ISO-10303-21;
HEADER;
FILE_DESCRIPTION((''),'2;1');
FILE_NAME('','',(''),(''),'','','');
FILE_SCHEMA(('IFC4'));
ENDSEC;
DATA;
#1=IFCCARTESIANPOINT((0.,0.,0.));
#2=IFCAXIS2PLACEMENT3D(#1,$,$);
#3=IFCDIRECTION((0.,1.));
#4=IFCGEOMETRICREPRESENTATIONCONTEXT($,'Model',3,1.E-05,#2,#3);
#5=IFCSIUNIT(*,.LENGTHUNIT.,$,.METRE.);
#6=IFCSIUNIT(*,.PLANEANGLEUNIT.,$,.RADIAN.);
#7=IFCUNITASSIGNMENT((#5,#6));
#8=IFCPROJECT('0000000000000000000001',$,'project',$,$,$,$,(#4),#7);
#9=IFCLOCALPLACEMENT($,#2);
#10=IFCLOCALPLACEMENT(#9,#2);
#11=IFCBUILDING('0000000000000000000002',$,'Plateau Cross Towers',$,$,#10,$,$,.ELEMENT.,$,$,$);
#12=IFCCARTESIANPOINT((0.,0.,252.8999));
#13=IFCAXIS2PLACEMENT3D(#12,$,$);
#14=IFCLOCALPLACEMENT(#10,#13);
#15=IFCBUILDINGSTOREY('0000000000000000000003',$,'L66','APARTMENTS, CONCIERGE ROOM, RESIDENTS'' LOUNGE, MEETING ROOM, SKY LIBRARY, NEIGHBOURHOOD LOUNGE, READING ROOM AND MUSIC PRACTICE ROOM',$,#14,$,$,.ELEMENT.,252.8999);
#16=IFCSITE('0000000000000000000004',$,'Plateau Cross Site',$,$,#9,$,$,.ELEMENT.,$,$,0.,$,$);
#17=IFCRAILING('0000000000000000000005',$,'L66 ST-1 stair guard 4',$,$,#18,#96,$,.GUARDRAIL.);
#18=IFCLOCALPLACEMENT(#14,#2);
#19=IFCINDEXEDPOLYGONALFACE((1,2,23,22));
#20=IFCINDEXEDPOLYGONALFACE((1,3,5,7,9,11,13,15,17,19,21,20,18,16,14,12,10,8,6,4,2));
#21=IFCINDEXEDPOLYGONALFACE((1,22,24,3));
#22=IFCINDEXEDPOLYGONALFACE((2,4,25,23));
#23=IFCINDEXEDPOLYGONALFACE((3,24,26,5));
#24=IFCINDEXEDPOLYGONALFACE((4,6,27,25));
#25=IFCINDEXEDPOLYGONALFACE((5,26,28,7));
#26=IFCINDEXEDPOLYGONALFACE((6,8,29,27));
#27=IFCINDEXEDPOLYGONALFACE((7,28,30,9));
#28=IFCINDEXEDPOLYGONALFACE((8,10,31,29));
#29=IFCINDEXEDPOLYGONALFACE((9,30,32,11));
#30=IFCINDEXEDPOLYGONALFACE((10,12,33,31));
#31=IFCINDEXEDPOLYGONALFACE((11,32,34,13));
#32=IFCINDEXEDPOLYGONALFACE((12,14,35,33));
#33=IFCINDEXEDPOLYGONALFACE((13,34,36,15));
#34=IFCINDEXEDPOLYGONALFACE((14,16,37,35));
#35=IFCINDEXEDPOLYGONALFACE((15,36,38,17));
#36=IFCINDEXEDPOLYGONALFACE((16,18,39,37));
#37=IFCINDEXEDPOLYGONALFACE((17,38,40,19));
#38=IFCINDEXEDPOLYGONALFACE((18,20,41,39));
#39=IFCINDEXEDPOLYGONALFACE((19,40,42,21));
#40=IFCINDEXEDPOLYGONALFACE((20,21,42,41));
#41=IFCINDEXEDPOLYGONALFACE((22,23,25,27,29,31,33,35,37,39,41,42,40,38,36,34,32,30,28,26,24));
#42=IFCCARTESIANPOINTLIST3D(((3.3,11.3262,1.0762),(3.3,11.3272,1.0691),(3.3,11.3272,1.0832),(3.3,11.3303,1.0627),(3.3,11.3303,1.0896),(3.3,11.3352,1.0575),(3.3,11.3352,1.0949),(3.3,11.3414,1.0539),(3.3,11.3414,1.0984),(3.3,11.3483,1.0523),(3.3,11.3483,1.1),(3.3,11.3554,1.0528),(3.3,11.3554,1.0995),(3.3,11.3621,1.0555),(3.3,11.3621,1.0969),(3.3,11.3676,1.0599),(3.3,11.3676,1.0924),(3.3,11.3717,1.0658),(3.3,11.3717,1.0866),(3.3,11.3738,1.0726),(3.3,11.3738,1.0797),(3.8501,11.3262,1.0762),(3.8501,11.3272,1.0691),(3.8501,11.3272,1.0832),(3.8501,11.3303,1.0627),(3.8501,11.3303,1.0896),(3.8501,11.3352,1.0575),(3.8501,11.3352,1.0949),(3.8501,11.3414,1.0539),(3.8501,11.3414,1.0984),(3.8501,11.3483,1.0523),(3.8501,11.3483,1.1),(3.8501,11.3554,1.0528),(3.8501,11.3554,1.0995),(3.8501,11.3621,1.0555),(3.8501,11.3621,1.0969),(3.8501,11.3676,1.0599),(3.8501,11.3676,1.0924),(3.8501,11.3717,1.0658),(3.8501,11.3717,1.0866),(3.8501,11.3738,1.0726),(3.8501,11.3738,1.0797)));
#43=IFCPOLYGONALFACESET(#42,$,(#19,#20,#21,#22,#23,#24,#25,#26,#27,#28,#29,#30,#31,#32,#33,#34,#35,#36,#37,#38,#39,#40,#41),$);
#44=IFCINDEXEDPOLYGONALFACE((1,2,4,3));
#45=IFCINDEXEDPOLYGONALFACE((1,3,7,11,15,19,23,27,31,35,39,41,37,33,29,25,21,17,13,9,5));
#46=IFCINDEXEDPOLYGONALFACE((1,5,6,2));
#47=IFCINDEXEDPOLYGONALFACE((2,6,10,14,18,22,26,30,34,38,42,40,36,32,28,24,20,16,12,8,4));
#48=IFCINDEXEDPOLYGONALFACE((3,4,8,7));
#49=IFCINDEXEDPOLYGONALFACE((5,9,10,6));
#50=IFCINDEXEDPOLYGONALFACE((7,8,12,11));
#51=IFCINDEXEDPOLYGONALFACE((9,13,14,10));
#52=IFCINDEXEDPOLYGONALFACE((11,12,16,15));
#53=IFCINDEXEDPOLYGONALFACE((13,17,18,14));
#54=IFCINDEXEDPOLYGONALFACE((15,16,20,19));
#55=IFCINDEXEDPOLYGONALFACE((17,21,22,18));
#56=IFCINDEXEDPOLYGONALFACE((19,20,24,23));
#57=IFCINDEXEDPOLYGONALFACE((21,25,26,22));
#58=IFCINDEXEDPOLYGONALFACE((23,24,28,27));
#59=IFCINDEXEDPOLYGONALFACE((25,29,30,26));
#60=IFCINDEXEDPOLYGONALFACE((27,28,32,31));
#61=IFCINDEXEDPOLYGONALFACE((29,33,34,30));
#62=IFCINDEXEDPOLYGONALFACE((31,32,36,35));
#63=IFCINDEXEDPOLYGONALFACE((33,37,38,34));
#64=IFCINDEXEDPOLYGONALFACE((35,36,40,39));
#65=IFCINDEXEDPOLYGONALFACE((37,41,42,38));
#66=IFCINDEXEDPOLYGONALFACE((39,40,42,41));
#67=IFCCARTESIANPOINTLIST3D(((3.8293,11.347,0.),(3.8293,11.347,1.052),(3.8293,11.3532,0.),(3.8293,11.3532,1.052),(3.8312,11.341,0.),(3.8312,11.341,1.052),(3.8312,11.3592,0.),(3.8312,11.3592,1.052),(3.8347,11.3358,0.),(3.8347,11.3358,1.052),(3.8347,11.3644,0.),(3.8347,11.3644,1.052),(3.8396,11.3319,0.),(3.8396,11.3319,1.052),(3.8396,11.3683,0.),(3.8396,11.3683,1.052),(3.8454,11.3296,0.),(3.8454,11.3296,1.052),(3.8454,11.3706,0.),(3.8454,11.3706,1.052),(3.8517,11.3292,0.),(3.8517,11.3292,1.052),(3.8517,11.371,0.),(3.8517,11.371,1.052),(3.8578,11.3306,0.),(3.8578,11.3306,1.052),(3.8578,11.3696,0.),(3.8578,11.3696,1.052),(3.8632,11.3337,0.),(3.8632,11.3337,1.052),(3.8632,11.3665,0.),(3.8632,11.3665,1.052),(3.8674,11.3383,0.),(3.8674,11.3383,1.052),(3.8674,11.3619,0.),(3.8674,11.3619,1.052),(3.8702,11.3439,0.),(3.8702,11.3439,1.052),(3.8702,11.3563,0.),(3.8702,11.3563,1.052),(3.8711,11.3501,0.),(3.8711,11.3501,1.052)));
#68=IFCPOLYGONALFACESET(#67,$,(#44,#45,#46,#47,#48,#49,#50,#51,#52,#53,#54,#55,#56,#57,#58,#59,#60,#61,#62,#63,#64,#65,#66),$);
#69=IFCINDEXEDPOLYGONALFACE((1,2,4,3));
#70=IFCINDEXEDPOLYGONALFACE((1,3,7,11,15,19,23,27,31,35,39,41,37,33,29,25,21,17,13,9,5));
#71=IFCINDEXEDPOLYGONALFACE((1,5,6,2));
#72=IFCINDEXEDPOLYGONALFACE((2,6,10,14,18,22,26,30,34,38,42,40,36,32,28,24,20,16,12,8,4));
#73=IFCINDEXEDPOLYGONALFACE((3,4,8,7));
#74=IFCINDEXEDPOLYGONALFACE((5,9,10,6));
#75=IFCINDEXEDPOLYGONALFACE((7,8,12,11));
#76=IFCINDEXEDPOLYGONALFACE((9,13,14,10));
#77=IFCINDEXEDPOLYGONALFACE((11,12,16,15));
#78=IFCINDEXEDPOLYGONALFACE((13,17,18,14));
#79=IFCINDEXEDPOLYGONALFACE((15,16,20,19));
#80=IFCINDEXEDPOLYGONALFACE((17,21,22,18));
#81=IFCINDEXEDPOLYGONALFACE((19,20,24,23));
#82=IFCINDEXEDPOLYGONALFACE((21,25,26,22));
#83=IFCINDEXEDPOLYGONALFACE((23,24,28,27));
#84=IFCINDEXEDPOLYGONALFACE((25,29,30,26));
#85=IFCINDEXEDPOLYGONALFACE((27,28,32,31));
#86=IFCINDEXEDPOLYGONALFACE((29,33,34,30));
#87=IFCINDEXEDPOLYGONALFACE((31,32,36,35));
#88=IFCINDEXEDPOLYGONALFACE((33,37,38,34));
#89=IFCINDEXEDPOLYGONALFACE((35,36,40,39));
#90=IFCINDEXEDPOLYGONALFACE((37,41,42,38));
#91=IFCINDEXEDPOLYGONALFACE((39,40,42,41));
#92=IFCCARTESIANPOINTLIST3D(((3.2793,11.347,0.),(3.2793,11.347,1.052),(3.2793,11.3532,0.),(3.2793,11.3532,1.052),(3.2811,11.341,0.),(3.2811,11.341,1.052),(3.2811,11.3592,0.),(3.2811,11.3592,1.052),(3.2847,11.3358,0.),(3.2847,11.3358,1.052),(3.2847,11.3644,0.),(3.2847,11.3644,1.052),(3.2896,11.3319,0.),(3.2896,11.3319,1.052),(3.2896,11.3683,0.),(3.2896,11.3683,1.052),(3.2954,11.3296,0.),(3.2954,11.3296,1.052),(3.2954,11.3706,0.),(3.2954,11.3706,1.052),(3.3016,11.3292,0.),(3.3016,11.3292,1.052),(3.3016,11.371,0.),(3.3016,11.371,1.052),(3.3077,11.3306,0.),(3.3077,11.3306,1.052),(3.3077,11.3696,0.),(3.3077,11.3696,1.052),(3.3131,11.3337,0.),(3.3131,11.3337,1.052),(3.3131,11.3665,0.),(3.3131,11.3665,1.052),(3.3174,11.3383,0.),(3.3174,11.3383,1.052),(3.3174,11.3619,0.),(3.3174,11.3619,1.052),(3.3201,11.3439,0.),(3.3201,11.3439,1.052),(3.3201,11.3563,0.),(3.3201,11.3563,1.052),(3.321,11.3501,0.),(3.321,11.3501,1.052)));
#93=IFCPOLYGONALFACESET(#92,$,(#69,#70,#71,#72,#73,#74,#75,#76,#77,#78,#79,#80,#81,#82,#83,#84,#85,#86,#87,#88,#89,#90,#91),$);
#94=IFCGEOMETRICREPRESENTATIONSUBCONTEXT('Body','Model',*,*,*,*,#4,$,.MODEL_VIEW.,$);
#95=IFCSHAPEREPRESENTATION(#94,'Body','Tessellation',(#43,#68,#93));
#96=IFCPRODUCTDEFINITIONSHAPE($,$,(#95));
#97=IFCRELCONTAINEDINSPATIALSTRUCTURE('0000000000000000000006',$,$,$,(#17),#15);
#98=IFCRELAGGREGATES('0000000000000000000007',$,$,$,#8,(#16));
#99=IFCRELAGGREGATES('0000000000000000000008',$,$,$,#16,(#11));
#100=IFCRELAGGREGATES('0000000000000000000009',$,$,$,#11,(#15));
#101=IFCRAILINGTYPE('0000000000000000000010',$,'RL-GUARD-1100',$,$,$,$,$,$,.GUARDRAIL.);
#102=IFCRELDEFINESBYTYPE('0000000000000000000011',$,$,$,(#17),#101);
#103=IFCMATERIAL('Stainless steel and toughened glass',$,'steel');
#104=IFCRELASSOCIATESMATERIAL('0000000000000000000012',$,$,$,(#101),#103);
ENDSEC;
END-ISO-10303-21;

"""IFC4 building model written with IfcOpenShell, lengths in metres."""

from ifc_helpers import new_model, si_unit, direction, frame, origin, origin_2d, place, context, subcontext, project, spatial, circle, extrude, material, type_object, element, save


model = new_model("IFC4")

# Units and contexts
model_context = context("Model", 3, precision=1e-05, world=origin(), true_north=direction((0.0, 1.0)))
body_context = subcontext(model_context, "Body", "Model", "MODEL_VIEW")
ifc_project = project(units=[si_unit("LENGTHUNIT", "METRE"), si_unit("PLANEANGLEUNIT", "RADIAN")], contexts=[model_context])

# Site, building, storey
site_placement = place(None, origin())
site = spatial("IfcSite", under=ifc_project, at=site_placement, Name="Plateau Cross Site", CompositionType="ELEMENT", RefElevation=0.0)
building_placement = place(site_placement, origin())
building = spatial("IfcBuilding", under=site, at=building_placement, Name="Plateau Cross Towers", CompositionType="ELEMENT")
storey_placement = place(building_placement, frame((0.0, 0.0, 252.8999)))
storey = spatial("IfcBuildingStorey", under=building, at=storey_placement, Name="L66", Description="APARTMENTS, CONCIERGE ROOM, RESIDENTS' LOUNGE, MEETING ROOM, SKY LIBRARY, NEIGHBOURHOOD LOUNGE, READING ROOM AND MUSIC PRACTICE ROOM", CompositionType="ELEMENT", Elevation=252.8999)

# Railing
ifc_material_1 = material(Name="Stainless steel and toughened glass", Category="steel")
railing_type_1 = type_object("IfcRailingType", Name="RL-GUARD-1100", PredefinedType="GUARDRAIL", material=ifc_material_1)
railing_1_placement = place(storey_placement, frame((3.8501, 11.3501, 0.0)))
element("IfcRailing", 1, at=railing_1_placement, inside=storey, type_object=railing_type_1, Name="L66 ST-1 stair guard 4", PredefinedType="GUARDRAIL", context=body_context, shape_type="SweptSolid", body=[
    extrude(circle(Radius=0.0239, at=origin_2d()), frame((0.0, 0.0, 1.0762), z_axis=(-1.0, 0.0, 0.0), x_axis=(0.0, -1.0, 0.0)), (0.0, 0.0, 1.0), 0.55),
    extrude(circle(Radius=0.021, at=origin_2d()), origin(), (0.0, 0.0, 1.0), 1.052),
    extrude(circle(Radius=0.021, at=origin_2d()), frame((-0.55, 0.0, 0.0)), (0.0, 0.0, 1.0), 1.052),
])

save(model, "model.ifc")
